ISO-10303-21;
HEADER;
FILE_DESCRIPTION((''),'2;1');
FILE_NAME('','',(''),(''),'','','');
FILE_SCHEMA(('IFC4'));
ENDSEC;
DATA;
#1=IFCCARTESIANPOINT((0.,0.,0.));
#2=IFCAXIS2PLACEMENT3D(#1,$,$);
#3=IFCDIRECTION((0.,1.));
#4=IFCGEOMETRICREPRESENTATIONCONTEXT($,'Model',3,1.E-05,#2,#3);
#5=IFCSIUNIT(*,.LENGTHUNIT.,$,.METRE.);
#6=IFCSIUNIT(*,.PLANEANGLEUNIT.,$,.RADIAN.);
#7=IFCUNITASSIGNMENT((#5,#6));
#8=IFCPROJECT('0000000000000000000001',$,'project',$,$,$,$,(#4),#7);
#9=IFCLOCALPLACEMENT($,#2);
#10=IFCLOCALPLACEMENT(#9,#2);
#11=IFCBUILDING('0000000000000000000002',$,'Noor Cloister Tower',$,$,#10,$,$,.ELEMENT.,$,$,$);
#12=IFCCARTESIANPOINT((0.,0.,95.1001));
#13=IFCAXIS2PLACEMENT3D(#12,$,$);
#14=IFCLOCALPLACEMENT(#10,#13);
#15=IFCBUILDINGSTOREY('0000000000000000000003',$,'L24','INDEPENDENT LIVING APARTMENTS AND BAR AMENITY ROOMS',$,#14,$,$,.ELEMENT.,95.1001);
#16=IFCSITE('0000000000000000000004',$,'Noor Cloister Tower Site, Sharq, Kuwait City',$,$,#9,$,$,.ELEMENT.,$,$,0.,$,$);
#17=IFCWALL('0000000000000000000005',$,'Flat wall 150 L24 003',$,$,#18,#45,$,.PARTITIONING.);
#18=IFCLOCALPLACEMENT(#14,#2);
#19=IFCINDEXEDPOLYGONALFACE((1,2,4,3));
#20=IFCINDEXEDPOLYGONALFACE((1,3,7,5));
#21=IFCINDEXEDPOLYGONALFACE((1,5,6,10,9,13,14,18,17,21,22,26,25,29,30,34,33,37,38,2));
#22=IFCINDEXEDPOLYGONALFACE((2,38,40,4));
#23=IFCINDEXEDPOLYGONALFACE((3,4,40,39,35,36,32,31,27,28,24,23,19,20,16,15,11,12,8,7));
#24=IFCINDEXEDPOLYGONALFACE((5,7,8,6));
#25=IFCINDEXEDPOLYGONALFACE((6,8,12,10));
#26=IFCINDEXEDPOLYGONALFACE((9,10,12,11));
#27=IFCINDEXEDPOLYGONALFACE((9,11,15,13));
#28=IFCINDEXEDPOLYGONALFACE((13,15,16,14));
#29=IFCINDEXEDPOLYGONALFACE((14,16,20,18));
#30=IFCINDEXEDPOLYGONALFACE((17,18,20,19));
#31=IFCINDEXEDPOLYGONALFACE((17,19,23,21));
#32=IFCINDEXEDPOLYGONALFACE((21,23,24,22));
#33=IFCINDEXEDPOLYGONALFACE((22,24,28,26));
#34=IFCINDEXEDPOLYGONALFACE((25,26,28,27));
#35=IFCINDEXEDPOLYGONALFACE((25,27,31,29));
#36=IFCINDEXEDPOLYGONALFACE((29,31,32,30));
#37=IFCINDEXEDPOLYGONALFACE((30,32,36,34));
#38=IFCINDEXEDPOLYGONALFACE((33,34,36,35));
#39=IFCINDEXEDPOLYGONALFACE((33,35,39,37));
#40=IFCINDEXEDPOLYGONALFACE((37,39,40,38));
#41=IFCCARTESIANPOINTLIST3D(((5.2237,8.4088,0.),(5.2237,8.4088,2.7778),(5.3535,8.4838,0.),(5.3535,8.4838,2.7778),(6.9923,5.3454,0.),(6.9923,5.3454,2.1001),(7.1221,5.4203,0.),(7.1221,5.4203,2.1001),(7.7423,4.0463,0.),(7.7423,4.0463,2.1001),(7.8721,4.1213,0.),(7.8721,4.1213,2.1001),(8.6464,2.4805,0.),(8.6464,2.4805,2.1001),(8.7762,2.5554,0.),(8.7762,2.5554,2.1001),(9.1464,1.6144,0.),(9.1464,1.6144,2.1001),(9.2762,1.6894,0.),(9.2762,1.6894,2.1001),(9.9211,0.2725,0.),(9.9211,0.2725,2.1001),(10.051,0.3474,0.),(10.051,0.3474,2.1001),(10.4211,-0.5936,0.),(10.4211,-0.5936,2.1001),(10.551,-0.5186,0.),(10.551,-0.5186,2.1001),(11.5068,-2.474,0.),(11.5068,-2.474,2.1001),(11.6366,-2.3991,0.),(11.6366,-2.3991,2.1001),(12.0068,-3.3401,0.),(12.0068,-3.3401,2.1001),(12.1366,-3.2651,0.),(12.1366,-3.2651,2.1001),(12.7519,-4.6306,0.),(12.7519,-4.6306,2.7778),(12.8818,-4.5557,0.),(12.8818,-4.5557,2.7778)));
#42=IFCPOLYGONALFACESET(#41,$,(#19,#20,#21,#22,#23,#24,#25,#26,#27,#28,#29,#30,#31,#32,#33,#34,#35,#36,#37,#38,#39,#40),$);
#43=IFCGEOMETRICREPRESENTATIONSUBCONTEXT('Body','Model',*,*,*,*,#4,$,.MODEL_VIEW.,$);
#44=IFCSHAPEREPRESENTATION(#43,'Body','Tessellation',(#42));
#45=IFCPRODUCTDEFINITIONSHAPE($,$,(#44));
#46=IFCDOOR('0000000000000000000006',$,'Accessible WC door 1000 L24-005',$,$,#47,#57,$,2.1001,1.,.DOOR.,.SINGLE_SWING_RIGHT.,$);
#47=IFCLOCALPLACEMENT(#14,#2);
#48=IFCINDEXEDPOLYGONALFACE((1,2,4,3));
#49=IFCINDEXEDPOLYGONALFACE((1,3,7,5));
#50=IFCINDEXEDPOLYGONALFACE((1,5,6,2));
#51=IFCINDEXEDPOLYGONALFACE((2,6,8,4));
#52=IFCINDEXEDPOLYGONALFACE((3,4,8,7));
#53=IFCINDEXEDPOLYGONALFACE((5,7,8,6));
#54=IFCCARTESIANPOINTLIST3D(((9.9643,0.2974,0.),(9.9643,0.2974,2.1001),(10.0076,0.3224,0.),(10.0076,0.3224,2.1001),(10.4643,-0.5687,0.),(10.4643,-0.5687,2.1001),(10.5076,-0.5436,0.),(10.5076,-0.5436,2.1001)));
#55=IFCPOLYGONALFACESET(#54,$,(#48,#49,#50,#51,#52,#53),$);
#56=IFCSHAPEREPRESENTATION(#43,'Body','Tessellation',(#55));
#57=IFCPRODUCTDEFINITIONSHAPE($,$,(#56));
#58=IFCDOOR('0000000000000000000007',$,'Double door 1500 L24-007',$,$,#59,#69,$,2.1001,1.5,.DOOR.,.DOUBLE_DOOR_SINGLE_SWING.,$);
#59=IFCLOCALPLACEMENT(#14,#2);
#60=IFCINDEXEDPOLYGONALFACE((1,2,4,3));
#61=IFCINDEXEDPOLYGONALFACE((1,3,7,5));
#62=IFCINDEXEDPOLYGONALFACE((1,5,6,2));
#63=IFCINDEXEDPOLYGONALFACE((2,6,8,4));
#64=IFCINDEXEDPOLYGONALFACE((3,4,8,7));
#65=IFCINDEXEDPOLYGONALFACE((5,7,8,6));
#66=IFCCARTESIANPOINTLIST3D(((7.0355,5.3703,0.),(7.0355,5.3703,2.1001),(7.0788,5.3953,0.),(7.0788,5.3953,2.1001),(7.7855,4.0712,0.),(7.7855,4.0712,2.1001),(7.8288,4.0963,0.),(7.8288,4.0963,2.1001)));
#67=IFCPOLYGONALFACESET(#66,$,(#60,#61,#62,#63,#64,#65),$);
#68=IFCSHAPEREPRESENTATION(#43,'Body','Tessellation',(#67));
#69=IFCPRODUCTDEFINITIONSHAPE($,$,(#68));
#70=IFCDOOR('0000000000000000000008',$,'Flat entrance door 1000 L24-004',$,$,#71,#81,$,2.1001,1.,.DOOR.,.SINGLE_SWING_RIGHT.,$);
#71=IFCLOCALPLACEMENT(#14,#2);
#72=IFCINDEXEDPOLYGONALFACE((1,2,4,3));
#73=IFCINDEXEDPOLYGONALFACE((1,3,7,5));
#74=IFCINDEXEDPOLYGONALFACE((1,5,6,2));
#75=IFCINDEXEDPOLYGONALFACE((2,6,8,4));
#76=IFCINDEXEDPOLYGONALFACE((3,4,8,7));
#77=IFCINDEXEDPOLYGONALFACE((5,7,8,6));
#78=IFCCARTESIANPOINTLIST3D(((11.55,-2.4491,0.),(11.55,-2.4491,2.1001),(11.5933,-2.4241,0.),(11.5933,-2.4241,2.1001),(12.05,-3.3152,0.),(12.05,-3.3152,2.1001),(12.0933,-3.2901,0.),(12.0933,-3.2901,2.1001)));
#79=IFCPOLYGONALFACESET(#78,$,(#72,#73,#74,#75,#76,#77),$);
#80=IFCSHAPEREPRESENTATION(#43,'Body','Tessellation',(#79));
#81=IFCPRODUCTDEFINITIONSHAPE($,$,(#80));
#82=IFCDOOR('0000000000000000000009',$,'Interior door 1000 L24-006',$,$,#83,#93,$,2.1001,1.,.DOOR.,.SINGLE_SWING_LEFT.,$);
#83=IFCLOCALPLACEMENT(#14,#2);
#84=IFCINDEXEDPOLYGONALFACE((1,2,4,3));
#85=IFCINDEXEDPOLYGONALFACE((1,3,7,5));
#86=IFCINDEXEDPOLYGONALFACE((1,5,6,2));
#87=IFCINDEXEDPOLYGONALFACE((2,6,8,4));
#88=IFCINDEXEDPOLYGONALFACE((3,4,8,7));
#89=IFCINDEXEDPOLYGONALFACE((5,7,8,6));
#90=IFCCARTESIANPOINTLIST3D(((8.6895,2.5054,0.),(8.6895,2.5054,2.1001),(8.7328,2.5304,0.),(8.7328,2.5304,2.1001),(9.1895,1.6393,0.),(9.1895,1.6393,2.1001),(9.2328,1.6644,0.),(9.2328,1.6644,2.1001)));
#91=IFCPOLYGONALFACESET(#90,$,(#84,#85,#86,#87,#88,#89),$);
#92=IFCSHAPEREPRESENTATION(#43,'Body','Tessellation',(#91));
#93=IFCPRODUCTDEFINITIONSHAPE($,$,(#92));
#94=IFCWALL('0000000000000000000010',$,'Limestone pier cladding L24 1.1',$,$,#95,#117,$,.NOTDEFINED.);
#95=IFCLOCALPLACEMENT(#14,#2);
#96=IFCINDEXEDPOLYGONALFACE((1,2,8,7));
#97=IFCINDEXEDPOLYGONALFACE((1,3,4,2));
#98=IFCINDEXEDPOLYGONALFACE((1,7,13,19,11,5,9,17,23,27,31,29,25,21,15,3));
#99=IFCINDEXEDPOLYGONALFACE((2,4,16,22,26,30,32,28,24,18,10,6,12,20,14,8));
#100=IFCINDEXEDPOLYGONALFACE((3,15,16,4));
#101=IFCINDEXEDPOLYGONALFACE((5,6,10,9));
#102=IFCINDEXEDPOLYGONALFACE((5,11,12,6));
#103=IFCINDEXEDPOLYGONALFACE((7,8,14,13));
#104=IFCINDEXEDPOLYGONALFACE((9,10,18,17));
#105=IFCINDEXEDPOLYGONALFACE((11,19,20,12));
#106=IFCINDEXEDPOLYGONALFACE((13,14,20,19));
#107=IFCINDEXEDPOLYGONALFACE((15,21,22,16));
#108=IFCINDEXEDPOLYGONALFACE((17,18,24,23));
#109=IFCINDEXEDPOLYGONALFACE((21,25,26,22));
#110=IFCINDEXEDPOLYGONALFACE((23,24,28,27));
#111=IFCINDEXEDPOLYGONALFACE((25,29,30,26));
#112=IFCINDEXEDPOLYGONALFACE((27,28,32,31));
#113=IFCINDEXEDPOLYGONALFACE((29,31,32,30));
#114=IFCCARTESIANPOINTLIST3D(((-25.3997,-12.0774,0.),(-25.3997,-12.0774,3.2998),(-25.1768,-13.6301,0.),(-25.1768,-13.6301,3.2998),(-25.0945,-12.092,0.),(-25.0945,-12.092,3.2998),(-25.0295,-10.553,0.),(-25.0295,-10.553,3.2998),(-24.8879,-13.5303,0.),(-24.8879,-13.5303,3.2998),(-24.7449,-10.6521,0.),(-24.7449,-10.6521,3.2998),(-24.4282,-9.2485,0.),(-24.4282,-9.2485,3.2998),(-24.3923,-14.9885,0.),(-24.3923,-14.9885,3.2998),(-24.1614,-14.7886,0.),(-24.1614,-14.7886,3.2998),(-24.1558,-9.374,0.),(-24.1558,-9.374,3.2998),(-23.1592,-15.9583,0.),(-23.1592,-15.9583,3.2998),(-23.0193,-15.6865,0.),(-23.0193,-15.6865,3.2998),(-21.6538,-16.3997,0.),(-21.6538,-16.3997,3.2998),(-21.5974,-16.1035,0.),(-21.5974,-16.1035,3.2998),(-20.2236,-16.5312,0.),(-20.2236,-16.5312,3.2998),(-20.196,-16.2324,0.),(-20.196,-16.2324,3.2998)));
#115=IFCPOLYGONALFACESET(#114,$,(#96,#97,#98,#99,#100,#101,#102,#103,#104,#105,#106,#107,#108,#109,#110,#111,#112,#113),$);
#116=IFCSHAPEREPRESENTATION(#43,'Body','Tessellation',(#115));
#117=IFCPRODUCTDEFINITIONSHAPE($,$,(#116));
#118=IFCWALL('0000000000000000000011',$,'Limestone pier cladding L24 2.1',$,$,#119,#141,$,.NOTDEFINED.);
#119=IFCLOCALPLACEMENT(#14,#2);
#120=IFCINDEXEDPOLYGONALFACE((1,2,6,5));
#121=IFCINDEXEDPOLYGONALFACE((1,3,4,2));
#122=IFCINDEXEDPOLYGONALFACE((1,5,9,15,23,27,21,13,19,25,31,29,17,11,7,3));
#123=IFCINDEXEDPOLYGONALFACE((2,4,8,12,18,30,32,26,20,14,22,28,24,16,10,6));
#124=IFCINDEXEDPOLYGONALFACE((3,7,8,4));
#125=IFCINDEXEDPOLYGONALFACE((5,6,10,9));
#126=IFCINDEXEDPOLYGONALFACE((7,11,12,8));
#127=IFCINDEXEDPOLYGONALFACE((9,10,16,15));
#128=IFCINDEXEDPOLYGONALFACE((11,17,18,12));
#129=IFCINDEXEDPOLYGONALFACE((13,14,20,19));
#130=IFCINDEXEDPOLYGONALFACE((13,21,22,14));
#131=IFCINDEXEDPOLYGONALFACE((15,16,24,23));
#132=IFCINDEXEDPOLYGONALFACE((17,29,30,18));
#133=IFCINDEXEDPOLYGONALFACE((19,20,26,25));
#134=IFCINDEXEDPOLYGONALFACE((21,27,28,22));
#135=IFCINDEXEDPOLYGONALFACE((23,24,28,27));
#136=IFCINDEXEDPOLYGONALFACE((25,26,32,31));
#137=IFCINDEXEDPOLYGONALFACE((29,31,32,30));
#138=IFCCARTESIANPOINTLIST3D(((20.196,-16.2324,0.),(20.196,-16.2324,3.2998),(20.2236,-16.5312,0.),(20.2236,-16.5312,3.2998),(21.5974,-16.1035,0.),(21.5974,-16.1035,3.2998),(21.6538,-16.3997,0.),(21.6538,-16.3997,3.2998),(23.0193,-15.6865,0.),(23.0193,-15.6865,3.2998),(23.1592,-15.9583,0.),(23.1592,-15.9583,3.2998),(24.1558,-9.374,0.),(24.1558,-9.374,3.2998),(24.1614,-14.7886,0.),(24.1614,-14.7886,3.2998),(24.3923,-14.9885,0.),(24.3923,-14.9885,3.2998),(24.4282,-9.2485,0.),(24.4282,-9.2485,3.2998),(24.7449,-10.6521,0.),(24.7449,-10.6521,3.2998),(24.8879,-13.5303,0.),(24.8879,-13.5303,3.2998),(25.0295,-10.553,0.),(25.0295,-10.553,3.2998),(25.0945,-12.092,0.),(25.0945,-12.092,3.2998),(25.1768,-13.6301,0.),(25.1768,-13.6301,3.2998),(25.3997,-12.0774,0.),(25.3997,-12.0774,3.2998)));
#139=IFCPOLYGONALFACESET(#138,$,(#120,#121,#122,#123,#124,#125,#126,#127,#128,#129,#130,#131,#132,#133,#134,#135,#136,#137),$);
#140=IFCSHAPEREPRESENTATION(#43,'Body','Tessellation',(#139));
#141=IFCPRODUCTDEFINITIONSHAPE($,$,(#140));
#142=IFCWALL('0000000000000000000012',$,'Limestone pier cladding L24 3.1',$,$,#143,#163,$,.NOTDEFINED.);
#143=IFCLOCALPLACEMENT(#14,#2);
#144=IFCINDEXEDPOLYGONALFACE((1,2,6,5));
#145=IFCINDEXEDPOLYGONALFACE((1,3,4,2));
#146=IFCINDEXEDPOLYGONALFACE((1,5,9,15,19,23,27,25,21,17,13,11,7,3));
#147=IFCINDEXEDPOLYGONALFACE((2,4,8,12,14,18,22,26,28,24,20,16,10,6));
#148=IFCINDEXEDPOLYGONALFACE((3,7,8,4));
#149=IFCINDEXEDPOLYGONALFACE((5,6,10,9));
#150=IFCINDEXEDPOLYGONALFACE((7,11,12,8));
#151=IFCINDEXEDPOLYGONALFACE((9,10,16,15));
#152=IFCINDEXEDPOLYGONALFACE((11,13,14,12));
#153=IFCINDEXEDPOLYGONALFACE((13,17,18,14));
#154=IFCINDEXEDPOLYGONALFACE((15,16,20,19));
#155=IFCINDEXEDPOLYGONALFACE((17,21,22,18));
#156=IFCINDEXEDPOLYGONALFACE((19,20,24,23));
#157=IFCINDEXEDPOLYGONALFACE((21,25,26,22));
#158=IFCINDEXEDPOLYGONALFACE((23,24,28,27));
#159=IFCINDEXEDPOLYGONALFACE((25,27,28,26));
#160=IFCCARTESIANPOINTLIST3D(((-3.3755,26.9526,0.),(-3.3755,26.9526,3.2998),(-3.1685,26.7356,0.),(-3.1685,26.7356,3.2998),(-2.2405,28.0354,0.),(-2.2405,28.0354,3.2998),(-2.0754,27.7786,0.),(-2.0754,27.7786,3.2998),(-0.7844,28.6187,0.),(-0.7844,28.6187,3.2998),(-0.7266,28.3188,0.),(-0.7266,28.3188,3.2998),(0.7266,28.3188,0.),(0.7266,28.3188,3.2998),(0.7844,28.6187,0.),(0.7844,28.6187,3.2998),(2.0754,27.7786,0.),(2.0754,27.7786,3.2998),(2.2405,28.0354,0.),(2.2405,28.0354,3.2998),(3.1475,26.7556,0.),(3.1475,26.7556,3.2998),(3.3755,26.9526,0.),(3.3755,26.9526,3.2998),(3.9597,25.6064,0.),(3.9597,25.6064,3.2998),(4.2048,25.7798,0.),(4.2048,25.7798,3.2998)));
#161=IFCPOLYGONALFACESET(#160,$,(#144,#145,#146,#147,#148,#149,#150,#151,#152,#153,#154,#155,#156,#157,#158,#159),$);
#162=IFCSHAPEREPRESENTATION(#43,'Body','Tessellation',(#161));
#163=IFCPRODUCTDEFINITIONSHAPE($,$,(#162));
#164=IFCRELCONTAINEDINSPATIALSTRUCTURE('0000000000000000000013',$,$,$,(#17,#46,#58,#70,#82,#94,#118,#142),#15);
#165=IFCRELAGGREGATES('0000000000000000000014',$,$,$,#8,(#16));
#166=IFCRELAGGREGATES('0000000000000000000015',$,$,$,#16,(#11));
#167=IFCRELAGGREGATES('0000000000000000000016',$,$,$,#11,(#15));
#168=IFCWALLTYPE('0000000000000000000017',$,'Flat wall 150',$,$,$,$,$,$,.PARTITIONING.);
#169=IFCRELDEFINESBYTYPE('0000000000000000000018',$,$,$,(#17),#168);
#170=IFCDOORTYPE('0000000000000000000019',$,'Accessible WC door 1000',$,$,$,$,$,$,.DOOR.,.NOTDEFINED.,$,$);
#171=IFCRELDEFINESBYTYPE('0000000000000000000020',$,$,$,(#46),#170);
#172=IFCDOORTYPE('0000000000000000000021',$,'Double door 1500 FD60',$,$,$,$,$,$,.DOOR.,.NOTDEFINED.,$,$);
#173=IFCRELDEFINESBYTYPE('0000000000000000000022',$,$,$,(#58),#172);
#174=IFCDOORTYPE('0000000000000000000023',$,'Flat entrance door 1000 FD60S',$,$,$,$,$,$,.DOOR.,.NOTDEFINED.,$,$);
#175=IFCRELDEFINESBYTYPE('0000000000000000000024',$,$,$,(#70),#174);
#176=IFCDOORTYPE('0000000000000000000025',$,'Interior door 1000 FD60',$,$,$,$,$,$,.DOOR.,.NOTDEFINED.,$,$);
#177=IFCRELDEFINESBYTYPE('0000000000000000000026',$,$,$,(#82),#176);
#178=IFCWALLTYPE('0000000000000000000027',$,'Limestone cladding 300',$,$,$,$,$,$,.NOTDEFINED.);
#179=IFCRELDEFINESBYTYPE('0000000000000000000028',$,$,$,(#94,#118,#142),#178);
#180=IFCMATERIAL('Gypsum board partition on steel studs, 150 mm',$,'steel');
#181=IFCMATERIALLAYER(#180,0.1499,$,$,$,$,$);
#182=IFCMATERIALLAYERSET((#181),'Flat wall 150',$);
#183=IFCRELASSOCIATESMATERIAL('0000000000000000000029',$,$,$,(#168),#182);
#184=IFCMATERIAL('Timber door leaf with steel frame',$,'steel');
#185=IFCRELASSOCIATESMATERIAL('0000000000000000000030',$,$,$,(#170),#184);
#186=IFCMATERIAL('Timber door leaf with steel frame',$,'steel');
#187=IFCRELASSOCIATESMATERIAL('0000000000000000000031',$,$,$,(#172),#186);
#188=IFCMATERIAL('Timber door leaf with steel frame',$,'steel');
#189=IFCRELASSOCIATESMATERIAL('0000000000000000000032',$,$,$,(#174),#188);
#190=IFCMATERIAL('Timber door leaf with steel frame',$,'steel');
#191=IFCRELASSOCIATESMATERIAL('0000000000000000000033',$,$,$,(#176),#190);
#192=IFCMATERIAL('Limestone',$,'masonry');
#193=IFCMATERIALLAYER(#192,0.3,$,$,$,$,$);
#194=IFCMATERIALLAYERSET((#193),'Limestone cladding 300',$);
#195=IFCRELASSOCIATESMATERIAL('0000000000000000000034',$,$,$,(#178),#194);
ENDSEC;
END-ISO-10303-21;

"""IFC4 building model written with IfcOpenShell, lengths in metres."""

from ifc_helpers import new_model, si_unit, direction, frame, frame_2d, origin, place, context, subcontext, project, spatial, polyline, rectangle, outline, extrude, material, layer, layer_set, type_object, element, fill, save


model = new_model("IFC4")

# Units and contexts
model_context = context("Model", 3, precision=1e-05, world=origin(), true_north=direction((0.0, 1.0)))
body_context = subcontext(model_context, "Body", "Model", "MODEL_VIEW")
ifc_project = project(units=[si_unit("LENGTHUNIT", "METRE"), si_unit("PLANEANGLEUNIT", "RADIAN")], contexts=[model_context])

# Site, building, storey
site_placement = place(None, origin())
site = spatial("IfcSite", under=ifc_project, at=site_placement, Name="Noor Cloister Tower Site, Sharq, Kuwait City", CompositionType="ELEMENT", RefElevation=0.0)
building_placement = place(site_placement, origin())
building = spatial("IfcBuilding", under=site, at=building_placement, Name="Noor Cloister Tower", CompositionType="ELEMENT")
storey_placement = place(building_placement, frame((0.0, 0.0, 95.1001)))
storey = spatial("IfcBuildingStorey", under=building, at=storey_placement, Name="L24", Description="INDEPENDENT LIVING APARTMENTS AND BAR AMENITY ROOMS", CompositionType="ELEMENT", Elevation=95.1001)

# Wall, openings, doors
ifc_material_1 = material(Name="Gypsum board partition on steel studs, 150 mm", Category="steel")
ifc_layer_1 = layer(ifc_material_1, 0.1499)
ifc_layer_set_1 = layer_set([ifc_layer_1], Name="Flat wall 150")
wall_type_1 = type_object("IfcWallType", Name="Flat wall 150", PredefinedType="PARTITIONING", material=ifc_layer_set_1)
wall_1_placement = place(storey_placement, frame((5.2886, 8.4463, 0.0), z_axis=(0.0, 0.0, 1.0), x_axis=(0.499997, -0.866027, 0.0)))
wall_1 = element("IfcWall", 1, at=wall_1_placement, inside=storey, type_object=wall_type_1, Name="Flat wall 150 L24 003", PredefinedType="PARTITIONING", context=body_context, shape_type="SweptSolid", body=[
    extrude(rectangle(XDim=15.0566, YDim=0.1499, at=frame_2d((7.5283, 0.0))), origin(), (0.0, 0.0, 1.0), 2.7778),
])
opening_1_placement = place(wall_1_placement, frame((12.5664, 0.0, 0.0)))
opening_1 = element("IfcOpeningElement", 2, at=opening_1_placement, cuts=wall_1, PredefinedType="OPENING", context=body_context, shape_type="SweptSolid", body=[
    extrude(rectangle(XDim=1.0, YDim=2.1001, at=frame_2d((0.5, 1.05))), frame((0.0, 0.085, 0.0), z_axis=(0.0, -1.0, 0.0), x_axis=(1.0, 0.0, 0.0)), (0.0, 0.0, 1.0), 0.1699),
])
opening_2_placement = place(wall_1_placement, frame((9.395, 0.0, 0.0)))
opening_2 = element("IfcOpeningElement", 3, at=opening_2_placement, cuts=wall_1, PredefinedType="OPENING", context=body_context, shape_type="SweptSolid", body=[
    extrude(rectangle(XDim=1.0, YDim=2.1001, at=frame_2d((0.5, 1.05))), frame((0.0, 0.085, 0.0), z_axis=(0.0, -1.0, 0.0), x_axis=(1.0, 0.0, 0.0)), (0.0, 0.0, 1.0), 0.1699),
])
opening_3_placement = place(wall_1_placement, frame((6.8455, 0.0, 0.0)))
opening_3 = element("IfcOpeningElement", 4, at=opening_3_placement, cuts=wall_1, PredefinedType="OPENING", context=body_context, shape_type="SweptSolid", body=[
    extrude(rectangle(XDim=1.0, YDim=2.1001, at=frame_2d((0.5, 1.05))), frame((0.0, 0.085, 0.0), z_axis=(0.0, -1.0, 0.0), x_axis=(1.0, 0.0, 0.0)), (0.0, 0.0, 1.0), 0.1699),
])
opening_4_placement = place(wall_1_placement, frame((3.5374, 0.0, 0.0)))
opening_4 = element("IfcOpeningElement", 5, at=opening_4_placement, cuts=wall_1, PredefinedType="OPENING", context=body_context, shape_type="SweptSolid", body=[
    extrude(rectangle(XDim=1.5, YDim=2.1001, at=frame_2d((0.75, 1.05))), frame((0.0, 0.085, 0.0), z_axis=(0.0, -1.0, 0.0), x_axis=(1.0, 0.0, 0.0)), (0.0, 0.0, 1.0), 0.1699),
])
ifc_material_2 = material(Name="Timber door leaf with steel frame", Category="steel")
door_type_1 = type_object("IfcDoorType", Name="Accessible WC door 1000", OperationType="NOTDEFINED", PredefinedType="DOOR", material=ifc_material_2)
door_1_placement = place(opening_2_placement, origin())
door_1 = element("IfcDoor", 6, at=door_1_placement, inside=storey, type_object=door_type_1, Name="Accessible WC door 1000 L24-005", OperationType="SINGLE_SWING_RIGHT", OverallHeight=2.1001, OverallWidth=1.0, PredefinedType="DOOR", context=body_context, shape_type="SweptSolid", body=[
    extrude(rectangle(XDim=1.0, YDim=2.1001, at=frame_2d((0.5, 1.05))), frame((0.0, 0.0249, 0.0), z_axis=(0.0, -1.0, 0.0), x_axis=(1.0, 0.0, 0.0)), (0.0, 0.0, 1.0), 0.05),
])
fill(opening_2, door_1)
ifc_material_3 = material(Name="Timber door leaf with steel frame", Category="steel")
door_type_2 = type_object("IfcDoorType", Name="Double door 1500 FD60", OperationType="NOTDEFINED", PredefinedType="DOOR", material=ifc_material_3)
door_2_placement = place(opening_4_placement, origin())
door_2 = element("IfcDoor", 7, at=door_2_placement, inside=storey, type_object=door_type_2, Name="Double door 1500 L24-007", OperationType="DOUBLE_DOOR_SINGLE_SWING", OverallHeight=2.1001, OverallWidth=1.5, PredefinedType="DOOR", context=body_context, shape_type="SweptSolid", body=[
    extrude(rectangle(XDim=1.5, YDim=2.1001, at=frame_2d((0.75, 1.05))), frame((0.0, 0.0249, 0.0), z_axis=(0.0, -1.0, 0.0), x_axis=(1.0, 0.0, 0.0)), (0.0, 0.0, 1.0), 0.05),
])
fill(opening_4, door_2)
ifc_material_4 = material(Name="Timber door leaf with steel frame", Category="steel")
door_type_3 = type_object("IfcDoorType", Name="Flat entrance door 1000 FD60S", OperationType="NOTDEFINED", PredefinedType="DOOR", material=ifc_material_4)
door_3_placement = place(opening_1_placement, origin())
door_3 = element("IfcDoor", 8, at=door_3_placement, inside=storey, type_object=door_type_3, Name="Flat entrance door 1000 L24-004", OperationType="SINGLE_SWING_RIGHT", OverallHeight=2.1001, OverallWidth=1.0, PredefinedType="DOOR", context=body_context, shape_type="SweptSolid", body=[
    extrude(rectangle(XDim=1.0, YDim=2.1001, at=frame_2d((0.5, 1.05))), frame((0.0, 0.0249, 0.0), z_axis=(0.0, -1.0, 0.0), x_axis=(1.0, 0.0, 0.0)), (0.0, 0.0, 1.0), 0.05),
])
fill(opening_1, door_3)
ifc_material_5 = material(Name="Timber door leaf with steel frame", Category="steel")
door_type_4 = type_object("IfcDoorType", Name="Interior door 1000 FD60", OperationType="NOTDEFINED", PredefinedType="DOOR", material=ifc_material_5)
door_4_placement = place(opening_3_placement, origin())
door_4 = element("IfcDoor", 9, at=door_4_placement, inside=storey, type_object=door_type_4, Name="Interior door 1000 L24-006", OperationType="SINGLE_SWING_LEFT", OverallHeight=2.1001, OverallWidth=1.0, PredefinedType="DOOR", context=body_context, shape_type="SweptSolid", body=[
    extrude(rectangle(XDim=1.0, YDim=2.1001, at=frame_2d((0.5, 1.05))), frame((0.0, 0.0249, 0.0), z_axis=(0.0, -1.0, 0.0), x_axis=(1.0, 0.0, 0.0)), (0.0, 0.0, 1.0), 0.05),
])
fill(opening_3, door_4)

# Walls
ifc_material_6 = material(Name="Limestone", Category="masonry")
ifc_layer_2 = layer(ifc_material_6, 0.3)
ifc_layer_set_2 = layer_set([ifc_layer_2], Name="Limestone cladding 300")
wall_type_2 = type_object("IfcWallType", Name="Limestone cladding 300", PredefinedType="NOTDEFINED", material=ifc_layer_set_2)
wall_2_placement = place(storey_placement, origin())
element("IfcWall", 10, at=wall_2_placement, inside=storey, type_object=wall_type_2, Name="Limestone pier cladding L24 1.1", PredefinedType="NOTDEFINED", context=body_context, shape_type="SweptSolid", body=[
    extrude(outline(polyline([(-24.4282, -9.2485), (-25.0295, -10.553), (-25.3997, -12.0774), (-25.1768, -13.6301), (-24.3923, -14.9885), (-23.1592, -15.9583), (-21.6538, -16.3997), (-20.2236, -16.5312), (-20.196, -16.2324), (-21.5974, -16.1035), (-23.0193, -15.6865), (-24.1614, -14.7886), (-24.8879, -13.5303), (-25.0945, -12.092), (-24.7449, -10.6521), (-24.1558, -9.374), (-24.4282, -9.2485)])), origin(), (0.0, 0.0, 1.0), 3.2998),
])
wall_3_placement = place(storey_placement, origin())
element("IfcWall", 11, at=wall_3_placement, inside=storey, type_object=wall_type_2, Name="Limestone pier cladding L24 2.1", PredefinedType="NOTDEFINED", context=body_context, shape_type="SweptSolid", body=[
    extrude(outline(polyline([(20.2236, -16.5312), (21.6538, -16.3997), (23.1592, -15.9583), (24.3923, -14.9885), (25.1768, -13.6301), (25.3997, -12.0774), (25.0295, -10.553), (24.4282, -9.2485), (24.1558, -9.374), (24.7449, -10.6521), (25.0945, -12.092), (24.8879, -13.5303), (24.1614, -14.7886), (23.0193, -15.6865), (21.5974, -16.1035), (20.196, -16.2324), (20.2236, -16.5312)])), origin(), (0.0, 0.0, 1.0), 3.2998),
])
wall_4_placement = place(storey_placement, origin())
element("IfcWall", 12, at=wall_4_placement, inside=storey, type_object=wall_type_2, Name="Limestone pier cladding L24 3.1", PredefinedType="NOTDEFINED", context=body_context, shape_type="SweptSolid", body=[
    extrude(outline(polyline([(4.2048, 25.7798), (3.3755, 26.9526), (2.2405, 28.0354), (0.7844, 28.6187), (-0.7844, 28.6187), (-2.2405, 28.0354), (-3.3755, 26.9526), (-3.1685, 26.7356), (-2.0754, 27.7786), (-0.7266, 28.3188), (0.7266, 28.3188), (2.0754, 27.7786), (3.1475, 26.7556), (3.9597, 25.6064), (4.2048, 25.7798)])), origin(), (0.0, 0.0, 1.0), 3.2998),
])

save(model, "model.ifc")
